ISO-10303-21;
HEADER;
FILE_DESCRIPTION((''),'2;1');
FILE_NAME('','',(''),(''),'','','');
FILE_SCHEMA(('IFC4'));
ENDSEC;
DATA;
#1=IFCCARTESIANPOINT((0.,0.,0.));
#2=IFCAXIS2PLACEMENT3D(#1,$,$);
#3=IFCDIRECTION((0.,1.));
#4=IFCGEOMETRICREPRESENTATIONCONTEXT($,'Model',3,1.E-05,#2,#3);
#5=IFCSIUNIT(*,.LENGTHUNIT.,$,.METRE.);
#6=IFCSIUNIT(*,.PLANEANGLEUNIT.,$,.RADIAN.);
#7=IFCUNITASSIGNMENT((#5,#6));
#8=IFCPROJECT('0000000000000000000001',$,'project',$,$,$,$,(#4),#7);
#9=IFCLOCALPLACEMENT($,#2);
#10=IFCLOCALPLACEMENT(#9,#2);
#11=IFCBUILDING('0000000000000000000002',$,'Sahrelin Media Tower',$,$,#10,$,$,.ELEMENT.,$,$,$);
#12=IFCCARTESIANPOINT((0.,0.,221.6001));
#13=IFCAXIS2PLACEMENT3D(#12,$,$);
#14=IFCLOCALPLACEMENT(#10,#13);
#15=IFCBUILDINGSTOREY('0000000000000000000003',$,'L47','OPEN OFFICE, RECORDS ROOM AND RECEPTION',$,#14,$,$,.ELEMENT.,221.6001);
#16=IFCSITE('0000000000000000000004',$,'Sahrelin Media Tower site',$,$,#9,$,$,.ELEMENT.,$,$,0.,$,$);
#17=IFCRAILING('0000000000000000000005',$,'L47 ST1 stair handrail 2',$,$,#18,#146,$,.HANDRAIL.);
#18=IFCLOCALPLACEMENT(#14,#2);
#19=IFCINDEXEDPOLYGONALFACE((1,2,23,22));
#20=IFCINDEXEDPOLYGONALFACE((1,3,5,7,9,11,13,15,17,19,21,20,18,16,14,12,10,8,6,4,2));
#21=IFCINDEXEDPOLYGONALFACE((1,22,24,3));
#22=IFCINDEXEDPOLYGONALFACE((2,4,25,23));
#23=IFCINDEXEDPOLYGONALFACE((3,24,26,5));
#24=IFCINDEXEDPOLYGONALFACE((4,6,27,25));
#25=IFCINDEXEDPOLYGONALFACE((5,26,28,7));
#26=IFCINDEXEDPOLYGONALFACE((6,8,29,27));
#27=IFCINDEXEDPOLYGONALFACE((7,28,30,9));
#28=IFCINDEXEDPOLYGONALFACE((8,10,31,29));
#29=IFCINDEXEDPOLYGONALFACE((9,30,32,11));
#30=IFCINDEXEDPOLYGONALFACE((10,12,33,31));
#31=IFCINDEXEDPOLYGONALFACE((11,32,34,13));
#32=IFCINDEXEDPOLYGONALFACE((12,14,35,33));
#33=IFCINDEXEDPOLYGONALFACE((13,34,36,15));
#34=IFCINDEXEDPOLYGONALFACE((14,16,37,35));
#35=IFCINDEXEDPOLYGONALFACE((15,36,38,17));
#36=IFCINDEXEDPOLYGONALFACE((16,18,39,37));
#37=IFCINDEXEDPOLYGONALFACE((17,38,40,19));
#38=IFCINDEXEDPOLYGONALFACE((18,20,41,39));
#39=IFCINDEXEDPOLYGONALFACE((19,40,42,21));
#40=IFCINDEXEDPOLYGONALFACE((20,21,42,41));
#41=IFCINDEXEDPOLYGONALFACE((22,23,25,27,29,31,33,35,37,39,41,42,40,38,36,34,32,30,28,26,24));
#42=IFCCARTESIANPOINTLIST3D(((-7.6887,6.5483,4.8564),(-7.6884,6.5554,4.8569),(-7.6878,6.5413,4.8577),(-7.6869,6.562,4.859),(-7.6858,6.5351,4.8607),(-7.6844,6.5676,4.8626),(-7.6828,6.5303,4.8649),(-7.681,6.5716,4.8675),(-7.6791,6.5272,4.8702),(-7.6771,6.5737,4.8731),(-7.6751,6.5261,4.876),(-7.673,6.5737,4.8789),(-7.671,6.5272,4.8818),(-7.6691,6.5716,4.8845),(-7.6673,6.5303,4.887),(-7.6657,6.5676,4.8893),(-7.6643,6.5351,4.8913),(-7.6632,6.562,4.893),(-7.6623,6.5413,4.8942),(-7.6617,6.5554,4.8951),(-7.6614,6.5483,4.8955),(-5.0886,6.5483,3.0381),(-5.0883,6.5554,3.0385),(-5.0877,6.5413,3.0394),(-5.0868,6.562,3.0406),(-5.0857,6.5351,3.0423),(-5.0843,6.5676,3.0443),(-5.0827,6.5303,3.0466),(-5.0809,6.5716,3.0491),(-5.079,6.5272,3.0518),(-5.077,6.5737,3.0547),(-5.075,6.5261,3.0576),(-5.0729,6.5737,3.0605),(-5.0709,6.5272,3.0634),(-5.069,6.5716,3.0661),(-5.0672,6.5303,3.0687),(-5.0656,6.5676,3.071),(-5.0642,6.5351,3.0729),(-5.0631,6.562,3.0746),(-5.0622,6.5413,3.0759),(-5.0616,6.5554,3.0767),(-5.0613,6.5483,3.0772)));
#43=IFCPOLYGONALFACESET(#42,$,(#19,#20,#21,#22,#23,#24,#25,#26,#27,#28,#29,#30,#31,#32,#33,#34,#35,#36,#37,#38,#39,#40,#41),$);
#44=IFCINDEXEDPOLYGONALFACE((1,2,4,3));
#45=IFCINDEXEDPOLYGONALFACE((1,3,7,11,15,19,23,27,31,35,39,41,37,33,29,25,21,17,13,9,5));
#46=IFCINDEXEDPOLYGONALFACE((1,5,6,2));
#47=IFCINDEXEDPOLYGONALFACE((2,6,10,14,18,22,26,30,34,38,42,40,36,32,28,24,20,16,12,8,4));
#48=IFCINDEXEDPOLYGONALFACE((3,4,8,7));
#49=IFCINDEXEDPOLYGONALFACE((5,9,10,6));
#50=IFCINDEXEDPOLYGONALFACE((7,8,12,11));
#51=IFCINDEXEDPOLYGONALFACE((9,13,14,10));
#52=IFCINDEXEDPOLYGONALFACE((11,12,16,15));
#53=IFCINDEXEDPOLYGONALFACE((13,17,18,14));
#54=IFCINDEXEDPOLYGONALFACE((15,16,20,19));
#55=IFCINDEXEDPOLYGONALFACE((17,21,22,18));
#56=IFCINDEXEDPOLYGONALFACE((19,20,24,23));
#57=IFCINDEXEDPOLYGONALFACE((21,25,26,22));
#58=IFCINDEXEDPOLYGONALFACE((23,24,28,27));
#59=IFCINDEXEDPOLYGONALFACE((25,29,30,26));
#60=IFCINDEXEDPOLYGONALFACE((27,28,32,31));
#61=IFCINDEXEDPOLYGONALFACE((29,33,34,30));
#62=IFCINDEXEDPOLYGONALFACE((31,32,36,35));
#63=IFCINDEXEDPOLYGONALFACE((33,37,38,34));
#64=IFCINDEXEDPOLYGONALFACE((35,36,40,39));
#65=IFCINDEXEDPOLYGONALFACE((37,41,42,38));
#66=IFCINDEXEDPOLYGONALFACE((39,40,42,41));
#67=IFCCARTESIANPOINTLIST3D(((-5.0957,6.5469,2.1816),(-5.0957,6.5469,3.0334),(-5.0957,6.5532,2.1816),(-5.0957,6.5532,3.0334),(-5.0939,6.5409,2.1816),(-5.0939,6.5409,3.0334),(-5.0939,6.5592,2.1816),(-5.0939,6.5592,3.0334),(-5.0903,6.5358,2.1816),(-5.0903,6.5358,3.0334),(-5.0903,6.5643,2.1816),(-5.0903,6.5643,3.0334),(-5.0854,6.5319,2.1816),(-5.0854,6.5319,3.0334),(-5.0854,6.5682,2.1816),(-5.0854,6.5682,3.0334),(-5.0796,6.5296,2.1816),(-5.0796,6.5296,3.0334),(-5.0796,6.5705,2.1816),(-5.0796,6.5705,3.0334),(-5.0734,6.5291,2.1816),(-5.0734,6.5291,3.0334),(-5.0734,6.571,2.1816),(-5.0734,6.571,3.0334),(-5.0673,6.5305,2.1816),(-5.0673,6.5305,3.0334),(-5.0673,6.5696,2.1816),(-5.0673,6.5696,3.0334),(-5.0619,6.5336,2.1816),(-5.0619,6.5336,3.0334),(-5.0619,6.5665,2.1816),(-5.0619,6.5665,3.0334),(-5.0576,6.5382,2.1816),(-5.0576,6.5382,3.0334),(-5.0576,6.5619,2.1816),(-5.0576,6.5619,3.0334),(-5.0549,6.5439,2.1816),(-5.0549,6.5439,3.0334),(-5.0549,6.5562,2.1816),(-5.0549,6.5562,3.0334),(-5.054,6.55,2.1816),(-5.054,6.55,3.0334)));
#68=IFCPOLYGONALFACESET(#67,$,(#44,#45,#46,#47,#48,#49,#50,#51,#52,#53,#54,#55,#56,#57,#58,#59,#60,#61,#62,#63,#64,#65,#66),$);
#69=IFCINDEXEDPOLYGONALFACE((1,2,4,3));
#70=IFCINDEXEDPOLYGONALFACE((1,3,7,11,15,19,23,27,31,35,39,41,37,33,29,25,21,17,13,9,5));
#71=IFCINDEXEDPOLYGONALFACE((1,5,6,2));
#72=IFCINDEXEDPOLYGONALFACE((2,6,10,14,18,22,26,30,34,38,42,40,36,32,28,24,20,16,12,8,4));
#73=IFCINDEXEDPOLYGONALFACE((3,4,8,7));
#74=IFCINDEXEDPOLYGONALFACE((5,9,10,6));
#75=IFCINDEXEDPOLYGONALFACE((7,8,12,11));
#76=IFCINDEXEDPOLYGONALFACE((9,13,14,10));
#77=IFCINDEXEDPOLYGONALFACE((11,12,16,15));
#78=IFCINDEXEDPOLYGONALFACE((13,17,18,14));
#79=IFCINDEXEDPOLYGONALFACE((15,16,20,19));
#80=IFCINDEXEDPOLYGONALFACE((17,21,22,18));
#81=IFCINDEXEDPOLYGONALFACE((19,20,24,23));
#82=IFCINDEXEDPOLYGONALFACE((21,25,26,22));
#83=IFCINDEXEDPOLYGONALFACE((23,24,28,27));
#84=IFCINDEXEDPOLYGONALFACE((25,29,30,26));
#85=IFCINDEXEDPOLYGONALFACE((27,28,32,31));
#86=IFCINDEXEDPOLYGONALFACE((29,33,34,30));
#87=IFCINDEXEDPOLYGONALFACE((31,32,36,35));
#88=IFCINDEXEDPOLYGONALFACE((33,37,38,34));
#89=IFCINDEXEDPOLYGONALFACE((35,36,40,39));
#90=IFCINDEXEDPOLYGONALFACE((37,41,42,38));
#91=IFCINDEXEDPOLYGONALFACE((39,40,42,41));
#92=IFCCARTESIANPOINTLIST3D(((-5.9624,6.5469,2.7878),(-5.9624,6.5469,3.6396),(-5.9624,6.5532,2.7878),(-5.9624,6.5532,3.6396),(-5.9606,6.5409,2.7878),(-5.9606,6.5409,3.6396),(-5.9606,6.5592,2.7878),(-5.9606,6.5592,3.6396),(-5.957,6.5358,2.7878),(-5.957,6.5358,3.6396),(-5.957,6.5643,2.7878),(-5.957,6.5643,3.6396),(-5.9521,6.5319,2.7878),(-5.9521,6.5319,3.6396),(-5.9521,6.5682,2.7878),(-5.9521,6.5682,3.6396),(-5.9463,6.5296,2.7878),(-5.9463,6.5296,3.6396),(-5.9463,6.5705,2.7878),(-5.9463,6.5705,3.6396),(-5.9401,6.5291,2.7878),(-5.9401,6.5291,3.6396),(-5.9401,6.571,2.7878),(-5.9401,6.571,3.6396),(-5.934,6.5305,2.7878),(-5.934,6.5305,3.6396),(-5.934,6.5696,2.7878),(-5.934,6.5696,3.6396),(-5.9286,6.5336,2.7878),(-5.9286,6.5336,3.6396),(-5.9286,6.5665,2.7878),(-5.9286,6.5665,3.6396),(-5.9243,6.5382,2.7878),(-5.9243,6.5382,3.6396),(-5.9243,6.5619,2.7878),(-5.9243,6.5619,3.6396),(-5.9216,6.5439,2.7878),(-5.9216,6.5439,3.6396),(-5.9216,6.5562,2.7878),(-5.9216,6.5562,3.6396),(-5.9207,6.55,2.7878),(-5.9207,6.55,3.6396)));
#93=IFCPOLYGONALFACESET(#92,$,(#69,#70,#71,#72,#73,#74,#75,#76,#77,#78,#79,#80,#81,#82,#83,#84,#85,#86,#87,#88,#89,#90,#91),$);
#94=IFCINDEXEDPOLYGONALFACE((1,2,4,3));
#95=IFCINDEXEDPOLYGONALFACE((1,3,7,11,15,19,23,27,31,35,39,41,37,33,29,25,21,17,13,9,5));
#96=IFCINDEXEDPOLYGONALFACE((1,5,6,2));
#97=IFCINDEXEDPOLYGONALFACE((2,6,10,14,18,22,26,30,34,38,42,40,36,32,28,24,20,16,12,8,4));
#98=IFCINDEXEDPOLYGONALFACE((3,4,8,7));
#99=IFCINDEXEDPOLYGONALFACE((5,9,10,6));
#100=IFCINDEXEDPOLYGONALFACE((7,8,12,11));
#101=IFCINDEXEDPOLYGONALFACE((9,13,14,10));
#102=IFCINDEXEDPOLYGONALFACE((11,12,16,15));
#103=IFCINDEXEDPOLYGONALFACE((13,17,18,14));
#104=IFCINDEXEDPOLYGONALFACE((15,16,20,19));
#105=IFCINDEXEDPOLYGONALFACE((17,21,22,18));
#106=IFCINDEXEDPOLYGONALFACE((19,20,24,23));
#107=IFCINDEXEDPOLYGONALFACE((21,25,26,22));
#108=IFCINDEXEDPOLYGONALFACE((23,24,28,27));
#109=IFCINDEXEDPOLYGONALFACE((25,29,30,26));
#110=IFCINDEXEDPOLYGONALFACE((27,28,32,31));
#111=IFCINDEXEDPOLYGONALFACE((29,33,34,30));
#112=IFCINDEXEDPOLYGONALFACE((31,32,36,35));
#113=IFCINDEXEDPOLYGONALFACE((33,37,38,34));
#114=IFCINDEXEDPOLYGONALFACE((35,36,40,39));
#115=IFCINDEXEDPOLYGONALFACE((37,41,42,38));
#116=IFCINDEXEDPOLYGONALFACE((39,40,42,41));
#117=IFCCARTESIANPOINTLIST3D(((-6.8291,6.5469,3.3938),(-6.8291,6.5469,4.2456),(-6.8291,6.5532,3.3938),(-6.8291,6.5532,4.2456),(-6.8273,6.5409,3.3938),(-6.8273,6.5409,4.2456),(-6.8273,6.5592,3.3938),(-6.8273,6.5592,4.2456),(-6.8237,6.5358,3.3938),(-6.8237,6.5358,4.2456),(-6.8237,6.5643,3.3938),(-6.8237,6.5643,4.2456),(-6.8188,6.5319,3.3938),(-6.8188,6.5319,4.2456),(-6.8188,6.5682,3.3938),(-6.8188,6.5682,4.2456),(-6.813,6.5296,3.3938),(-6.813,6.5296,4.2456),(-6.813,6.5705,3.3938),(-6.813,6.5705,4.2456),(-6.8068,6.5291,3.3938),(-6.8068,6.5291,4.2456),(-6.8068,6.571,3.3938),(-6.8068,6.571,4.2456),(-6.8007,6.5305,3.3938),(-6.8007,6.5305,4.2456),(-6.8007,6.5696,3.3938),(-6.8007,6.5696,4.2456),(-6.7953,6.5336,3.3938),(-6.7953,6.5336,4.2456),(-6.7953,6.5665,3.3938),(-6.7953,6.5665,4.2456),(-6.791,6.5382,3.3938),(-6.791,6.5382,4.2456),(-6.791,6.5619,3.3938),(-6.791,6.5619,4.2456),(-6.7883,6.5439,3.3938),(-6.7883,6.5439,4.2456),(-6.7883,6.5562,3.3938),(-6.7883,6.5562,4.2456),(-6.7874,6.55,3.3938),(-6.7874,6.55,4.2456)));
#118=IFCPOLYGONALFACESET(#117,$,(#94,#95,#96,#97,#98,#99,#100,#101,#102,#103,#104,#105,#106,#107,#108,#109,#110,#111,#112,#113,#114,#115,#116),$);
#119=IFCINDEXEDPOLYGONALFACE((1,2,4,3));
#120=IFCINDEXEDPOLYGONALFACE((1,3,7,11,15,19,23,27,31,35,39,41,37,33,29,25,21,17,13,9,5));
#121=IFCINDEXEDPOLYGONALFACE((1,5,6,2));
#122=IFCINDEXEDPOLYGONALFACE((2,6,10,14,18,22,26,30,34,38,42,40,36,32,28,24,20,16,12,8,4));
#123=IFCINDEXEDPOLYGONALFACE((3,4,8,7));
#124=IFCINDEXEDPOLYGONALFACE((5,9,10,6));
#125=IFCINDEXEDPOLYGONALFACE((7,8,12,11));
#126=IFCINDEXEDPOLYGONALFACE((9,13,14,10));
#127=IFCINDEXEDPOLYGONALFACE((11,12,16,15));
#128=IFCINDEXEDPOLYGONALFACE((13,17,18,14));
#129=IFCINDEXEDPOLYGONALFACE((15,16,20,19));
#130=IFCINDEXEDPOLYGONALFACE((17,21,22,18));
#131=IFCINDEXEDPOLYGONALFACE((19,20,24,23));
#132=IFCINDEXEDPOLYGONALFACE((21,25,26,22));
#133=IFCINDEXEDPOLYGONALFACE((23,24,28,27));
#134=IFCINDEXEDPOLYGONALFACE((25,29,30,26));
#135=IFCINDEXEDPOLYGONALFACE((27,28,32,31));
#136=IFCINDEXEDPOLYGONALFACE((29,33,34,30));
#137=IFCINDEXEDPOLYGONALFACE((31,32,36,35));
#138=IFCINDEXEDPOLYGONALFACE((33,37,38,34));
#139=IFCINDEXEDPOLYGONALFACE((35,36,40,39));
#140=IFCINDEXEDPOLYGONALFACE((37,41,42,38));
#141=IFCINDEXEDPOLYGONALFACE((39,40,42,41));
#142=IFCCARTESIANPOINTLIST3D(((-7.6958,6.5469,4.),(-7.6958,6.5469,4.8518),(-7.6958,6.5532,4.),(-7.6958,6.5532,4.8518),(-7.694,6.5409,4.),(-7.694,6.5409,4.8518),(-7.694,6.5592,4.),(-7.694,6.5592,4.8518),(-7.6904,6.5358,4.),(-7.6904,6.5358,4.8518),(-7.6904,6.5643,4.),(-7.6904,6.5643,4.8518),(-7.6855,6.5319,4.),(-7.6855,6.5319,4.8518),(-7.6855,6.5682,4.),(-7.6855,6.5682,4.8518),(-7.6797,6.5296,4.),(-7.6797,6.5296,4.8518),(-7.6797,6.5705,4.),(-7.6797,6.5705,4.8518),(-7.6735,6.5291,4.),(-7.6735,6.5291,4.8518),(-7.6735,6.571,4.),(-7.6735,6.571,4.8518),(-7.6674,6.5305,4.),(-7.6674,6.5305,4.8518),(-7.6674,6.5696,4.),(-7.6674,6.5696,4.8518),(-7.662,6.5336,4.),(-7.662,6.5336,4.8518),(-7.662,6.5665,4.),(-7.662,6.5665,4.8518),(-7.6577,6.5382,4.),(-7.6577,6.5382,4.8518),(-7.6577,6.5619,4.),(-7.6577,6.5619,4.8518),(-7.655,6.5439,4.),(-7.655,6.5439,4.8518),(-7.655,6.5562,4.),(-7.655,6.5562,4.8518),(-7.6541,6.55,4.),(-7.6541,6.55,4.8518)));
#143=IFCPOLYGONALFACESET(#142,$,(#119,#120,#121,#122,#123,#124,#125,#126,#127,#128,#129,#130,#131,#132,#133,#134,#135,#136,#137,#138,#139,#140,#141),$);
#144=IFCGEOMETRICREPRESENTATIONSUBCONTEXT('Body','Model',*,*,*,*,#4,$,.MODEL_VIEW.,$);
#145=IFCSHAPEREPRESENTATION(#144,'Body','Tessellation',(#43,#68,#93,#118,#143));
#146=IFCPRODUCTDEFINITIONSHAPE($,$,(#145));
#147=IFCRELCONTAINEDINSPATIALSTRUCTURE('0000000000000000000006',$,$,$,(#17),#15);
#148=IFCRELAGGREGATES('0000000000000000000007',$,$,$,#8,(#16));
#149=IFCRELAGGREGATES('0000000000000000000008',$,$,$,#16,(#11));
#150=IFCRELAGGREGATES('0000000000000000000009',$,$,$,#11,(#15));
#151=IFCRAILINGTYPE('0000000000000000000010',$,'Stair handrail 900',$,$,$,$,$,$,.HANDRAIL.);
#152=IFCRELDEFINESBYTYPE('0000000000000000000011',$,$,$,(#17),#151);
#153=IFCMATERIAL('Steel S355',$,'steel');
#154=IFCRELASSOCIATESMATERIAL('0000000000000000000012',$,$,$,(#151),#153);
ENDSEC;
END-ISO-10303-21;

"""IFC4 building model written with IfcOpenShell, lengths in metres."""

from ifc_helpers import new_model, si_unit, direction, frame, origin, origin_2d, place, context, subcontext, project, spatial, circle, extrude, material, type_object, element, save


model = new_model("IFC4")

# Units and contexts
model_context = context("Model", 3, precision=1e-05, world=origin(), true_north=direction((0.0, 1.0)))
body_context = subcontext(model_context, "Body", "Model", "MODEL_VIEW")
ifc_project = project(units=[si_unit("LENGTHUNIT", "METRE"), si_unit("PLANEANGLEUNIT", "RADIAN")], contexts=[model_context])

# Site, building, storey
site_placement = place(None, origin())
site = spatial("IfcSite", under=ifc_project, at=site_placement, Name="Sahrelin Media Tower site", CompositionType="ELEMENT", RefElevation=0.0)
building_placement = place(site_placement, origin())
building = spatial("IfcBuilding", under=site, at=building_placement, Name="Sahrelin Media Tower", CompositionType="ELEMENT")
storey_placement = place(building_placement, frame((0.0, 0.0, 221.6001)))
storey = spatial("IfcBuildingStorey", under=building, at=storey_placement, Name="L47", Description="OPEN OFFICE, RECORDS ROOM AND RECEPTION", CompositionType="ELEMENT", Elevation=221.6001)

# Shared definitions
ifc_material_1 = material(Name="Steel S355", Category="steel")

# Railing
railing_type_1 = type_object("IfcRailingType", Name="Stair handrail 900", PredefinedType="HANDRAIL", material=ifc_material_1)
railing_1_placement = place(storey_placement, frame((-5.075, 6.55, 2.1816)))
element("IfcRailing", 1, at=railing_1_placement, inside=storey, type_object=railing_type_1, Name="L47 ST1 stair handrail 2", PredefinedType="HANDRAIL", context=body_context, shape_type="SweptSolid", body=[
    extrude(circle(Radius=0.0239, at=origin_2d()), frame((0.0, 0.0, 0.876), z_axis=(-0.819485, 0.0, 0.573101), x_axis=(0.0, -1.0, 0.0)), (0.0, 0.0, 1.0), 3.1729),
    extrude(circle(Radius=0.021, at=origin_2d()), origin(), (0.0, 0.0, 1.0), 0.8518),
    extrude(circle(Radius=0.021, at=origin_2d()), frame((-0.8667, 0.0, 0.6062)), (0.0, 0.0, 1.0), 0.8518),
    extrude(circle(Radius=0.021, at=origin_2d()), frame((-1.7334, 0.0, 1.2122)), (0.0, 0.0, 1.0), 0.8518),
    extrude(circle(Radius=0.021, at=origin_2d()), frame((-2.6001, 0.0, 1.8184)), (0.0, 0.0, 1.0), 0.8518),
])

save(model, "model.ifc")
